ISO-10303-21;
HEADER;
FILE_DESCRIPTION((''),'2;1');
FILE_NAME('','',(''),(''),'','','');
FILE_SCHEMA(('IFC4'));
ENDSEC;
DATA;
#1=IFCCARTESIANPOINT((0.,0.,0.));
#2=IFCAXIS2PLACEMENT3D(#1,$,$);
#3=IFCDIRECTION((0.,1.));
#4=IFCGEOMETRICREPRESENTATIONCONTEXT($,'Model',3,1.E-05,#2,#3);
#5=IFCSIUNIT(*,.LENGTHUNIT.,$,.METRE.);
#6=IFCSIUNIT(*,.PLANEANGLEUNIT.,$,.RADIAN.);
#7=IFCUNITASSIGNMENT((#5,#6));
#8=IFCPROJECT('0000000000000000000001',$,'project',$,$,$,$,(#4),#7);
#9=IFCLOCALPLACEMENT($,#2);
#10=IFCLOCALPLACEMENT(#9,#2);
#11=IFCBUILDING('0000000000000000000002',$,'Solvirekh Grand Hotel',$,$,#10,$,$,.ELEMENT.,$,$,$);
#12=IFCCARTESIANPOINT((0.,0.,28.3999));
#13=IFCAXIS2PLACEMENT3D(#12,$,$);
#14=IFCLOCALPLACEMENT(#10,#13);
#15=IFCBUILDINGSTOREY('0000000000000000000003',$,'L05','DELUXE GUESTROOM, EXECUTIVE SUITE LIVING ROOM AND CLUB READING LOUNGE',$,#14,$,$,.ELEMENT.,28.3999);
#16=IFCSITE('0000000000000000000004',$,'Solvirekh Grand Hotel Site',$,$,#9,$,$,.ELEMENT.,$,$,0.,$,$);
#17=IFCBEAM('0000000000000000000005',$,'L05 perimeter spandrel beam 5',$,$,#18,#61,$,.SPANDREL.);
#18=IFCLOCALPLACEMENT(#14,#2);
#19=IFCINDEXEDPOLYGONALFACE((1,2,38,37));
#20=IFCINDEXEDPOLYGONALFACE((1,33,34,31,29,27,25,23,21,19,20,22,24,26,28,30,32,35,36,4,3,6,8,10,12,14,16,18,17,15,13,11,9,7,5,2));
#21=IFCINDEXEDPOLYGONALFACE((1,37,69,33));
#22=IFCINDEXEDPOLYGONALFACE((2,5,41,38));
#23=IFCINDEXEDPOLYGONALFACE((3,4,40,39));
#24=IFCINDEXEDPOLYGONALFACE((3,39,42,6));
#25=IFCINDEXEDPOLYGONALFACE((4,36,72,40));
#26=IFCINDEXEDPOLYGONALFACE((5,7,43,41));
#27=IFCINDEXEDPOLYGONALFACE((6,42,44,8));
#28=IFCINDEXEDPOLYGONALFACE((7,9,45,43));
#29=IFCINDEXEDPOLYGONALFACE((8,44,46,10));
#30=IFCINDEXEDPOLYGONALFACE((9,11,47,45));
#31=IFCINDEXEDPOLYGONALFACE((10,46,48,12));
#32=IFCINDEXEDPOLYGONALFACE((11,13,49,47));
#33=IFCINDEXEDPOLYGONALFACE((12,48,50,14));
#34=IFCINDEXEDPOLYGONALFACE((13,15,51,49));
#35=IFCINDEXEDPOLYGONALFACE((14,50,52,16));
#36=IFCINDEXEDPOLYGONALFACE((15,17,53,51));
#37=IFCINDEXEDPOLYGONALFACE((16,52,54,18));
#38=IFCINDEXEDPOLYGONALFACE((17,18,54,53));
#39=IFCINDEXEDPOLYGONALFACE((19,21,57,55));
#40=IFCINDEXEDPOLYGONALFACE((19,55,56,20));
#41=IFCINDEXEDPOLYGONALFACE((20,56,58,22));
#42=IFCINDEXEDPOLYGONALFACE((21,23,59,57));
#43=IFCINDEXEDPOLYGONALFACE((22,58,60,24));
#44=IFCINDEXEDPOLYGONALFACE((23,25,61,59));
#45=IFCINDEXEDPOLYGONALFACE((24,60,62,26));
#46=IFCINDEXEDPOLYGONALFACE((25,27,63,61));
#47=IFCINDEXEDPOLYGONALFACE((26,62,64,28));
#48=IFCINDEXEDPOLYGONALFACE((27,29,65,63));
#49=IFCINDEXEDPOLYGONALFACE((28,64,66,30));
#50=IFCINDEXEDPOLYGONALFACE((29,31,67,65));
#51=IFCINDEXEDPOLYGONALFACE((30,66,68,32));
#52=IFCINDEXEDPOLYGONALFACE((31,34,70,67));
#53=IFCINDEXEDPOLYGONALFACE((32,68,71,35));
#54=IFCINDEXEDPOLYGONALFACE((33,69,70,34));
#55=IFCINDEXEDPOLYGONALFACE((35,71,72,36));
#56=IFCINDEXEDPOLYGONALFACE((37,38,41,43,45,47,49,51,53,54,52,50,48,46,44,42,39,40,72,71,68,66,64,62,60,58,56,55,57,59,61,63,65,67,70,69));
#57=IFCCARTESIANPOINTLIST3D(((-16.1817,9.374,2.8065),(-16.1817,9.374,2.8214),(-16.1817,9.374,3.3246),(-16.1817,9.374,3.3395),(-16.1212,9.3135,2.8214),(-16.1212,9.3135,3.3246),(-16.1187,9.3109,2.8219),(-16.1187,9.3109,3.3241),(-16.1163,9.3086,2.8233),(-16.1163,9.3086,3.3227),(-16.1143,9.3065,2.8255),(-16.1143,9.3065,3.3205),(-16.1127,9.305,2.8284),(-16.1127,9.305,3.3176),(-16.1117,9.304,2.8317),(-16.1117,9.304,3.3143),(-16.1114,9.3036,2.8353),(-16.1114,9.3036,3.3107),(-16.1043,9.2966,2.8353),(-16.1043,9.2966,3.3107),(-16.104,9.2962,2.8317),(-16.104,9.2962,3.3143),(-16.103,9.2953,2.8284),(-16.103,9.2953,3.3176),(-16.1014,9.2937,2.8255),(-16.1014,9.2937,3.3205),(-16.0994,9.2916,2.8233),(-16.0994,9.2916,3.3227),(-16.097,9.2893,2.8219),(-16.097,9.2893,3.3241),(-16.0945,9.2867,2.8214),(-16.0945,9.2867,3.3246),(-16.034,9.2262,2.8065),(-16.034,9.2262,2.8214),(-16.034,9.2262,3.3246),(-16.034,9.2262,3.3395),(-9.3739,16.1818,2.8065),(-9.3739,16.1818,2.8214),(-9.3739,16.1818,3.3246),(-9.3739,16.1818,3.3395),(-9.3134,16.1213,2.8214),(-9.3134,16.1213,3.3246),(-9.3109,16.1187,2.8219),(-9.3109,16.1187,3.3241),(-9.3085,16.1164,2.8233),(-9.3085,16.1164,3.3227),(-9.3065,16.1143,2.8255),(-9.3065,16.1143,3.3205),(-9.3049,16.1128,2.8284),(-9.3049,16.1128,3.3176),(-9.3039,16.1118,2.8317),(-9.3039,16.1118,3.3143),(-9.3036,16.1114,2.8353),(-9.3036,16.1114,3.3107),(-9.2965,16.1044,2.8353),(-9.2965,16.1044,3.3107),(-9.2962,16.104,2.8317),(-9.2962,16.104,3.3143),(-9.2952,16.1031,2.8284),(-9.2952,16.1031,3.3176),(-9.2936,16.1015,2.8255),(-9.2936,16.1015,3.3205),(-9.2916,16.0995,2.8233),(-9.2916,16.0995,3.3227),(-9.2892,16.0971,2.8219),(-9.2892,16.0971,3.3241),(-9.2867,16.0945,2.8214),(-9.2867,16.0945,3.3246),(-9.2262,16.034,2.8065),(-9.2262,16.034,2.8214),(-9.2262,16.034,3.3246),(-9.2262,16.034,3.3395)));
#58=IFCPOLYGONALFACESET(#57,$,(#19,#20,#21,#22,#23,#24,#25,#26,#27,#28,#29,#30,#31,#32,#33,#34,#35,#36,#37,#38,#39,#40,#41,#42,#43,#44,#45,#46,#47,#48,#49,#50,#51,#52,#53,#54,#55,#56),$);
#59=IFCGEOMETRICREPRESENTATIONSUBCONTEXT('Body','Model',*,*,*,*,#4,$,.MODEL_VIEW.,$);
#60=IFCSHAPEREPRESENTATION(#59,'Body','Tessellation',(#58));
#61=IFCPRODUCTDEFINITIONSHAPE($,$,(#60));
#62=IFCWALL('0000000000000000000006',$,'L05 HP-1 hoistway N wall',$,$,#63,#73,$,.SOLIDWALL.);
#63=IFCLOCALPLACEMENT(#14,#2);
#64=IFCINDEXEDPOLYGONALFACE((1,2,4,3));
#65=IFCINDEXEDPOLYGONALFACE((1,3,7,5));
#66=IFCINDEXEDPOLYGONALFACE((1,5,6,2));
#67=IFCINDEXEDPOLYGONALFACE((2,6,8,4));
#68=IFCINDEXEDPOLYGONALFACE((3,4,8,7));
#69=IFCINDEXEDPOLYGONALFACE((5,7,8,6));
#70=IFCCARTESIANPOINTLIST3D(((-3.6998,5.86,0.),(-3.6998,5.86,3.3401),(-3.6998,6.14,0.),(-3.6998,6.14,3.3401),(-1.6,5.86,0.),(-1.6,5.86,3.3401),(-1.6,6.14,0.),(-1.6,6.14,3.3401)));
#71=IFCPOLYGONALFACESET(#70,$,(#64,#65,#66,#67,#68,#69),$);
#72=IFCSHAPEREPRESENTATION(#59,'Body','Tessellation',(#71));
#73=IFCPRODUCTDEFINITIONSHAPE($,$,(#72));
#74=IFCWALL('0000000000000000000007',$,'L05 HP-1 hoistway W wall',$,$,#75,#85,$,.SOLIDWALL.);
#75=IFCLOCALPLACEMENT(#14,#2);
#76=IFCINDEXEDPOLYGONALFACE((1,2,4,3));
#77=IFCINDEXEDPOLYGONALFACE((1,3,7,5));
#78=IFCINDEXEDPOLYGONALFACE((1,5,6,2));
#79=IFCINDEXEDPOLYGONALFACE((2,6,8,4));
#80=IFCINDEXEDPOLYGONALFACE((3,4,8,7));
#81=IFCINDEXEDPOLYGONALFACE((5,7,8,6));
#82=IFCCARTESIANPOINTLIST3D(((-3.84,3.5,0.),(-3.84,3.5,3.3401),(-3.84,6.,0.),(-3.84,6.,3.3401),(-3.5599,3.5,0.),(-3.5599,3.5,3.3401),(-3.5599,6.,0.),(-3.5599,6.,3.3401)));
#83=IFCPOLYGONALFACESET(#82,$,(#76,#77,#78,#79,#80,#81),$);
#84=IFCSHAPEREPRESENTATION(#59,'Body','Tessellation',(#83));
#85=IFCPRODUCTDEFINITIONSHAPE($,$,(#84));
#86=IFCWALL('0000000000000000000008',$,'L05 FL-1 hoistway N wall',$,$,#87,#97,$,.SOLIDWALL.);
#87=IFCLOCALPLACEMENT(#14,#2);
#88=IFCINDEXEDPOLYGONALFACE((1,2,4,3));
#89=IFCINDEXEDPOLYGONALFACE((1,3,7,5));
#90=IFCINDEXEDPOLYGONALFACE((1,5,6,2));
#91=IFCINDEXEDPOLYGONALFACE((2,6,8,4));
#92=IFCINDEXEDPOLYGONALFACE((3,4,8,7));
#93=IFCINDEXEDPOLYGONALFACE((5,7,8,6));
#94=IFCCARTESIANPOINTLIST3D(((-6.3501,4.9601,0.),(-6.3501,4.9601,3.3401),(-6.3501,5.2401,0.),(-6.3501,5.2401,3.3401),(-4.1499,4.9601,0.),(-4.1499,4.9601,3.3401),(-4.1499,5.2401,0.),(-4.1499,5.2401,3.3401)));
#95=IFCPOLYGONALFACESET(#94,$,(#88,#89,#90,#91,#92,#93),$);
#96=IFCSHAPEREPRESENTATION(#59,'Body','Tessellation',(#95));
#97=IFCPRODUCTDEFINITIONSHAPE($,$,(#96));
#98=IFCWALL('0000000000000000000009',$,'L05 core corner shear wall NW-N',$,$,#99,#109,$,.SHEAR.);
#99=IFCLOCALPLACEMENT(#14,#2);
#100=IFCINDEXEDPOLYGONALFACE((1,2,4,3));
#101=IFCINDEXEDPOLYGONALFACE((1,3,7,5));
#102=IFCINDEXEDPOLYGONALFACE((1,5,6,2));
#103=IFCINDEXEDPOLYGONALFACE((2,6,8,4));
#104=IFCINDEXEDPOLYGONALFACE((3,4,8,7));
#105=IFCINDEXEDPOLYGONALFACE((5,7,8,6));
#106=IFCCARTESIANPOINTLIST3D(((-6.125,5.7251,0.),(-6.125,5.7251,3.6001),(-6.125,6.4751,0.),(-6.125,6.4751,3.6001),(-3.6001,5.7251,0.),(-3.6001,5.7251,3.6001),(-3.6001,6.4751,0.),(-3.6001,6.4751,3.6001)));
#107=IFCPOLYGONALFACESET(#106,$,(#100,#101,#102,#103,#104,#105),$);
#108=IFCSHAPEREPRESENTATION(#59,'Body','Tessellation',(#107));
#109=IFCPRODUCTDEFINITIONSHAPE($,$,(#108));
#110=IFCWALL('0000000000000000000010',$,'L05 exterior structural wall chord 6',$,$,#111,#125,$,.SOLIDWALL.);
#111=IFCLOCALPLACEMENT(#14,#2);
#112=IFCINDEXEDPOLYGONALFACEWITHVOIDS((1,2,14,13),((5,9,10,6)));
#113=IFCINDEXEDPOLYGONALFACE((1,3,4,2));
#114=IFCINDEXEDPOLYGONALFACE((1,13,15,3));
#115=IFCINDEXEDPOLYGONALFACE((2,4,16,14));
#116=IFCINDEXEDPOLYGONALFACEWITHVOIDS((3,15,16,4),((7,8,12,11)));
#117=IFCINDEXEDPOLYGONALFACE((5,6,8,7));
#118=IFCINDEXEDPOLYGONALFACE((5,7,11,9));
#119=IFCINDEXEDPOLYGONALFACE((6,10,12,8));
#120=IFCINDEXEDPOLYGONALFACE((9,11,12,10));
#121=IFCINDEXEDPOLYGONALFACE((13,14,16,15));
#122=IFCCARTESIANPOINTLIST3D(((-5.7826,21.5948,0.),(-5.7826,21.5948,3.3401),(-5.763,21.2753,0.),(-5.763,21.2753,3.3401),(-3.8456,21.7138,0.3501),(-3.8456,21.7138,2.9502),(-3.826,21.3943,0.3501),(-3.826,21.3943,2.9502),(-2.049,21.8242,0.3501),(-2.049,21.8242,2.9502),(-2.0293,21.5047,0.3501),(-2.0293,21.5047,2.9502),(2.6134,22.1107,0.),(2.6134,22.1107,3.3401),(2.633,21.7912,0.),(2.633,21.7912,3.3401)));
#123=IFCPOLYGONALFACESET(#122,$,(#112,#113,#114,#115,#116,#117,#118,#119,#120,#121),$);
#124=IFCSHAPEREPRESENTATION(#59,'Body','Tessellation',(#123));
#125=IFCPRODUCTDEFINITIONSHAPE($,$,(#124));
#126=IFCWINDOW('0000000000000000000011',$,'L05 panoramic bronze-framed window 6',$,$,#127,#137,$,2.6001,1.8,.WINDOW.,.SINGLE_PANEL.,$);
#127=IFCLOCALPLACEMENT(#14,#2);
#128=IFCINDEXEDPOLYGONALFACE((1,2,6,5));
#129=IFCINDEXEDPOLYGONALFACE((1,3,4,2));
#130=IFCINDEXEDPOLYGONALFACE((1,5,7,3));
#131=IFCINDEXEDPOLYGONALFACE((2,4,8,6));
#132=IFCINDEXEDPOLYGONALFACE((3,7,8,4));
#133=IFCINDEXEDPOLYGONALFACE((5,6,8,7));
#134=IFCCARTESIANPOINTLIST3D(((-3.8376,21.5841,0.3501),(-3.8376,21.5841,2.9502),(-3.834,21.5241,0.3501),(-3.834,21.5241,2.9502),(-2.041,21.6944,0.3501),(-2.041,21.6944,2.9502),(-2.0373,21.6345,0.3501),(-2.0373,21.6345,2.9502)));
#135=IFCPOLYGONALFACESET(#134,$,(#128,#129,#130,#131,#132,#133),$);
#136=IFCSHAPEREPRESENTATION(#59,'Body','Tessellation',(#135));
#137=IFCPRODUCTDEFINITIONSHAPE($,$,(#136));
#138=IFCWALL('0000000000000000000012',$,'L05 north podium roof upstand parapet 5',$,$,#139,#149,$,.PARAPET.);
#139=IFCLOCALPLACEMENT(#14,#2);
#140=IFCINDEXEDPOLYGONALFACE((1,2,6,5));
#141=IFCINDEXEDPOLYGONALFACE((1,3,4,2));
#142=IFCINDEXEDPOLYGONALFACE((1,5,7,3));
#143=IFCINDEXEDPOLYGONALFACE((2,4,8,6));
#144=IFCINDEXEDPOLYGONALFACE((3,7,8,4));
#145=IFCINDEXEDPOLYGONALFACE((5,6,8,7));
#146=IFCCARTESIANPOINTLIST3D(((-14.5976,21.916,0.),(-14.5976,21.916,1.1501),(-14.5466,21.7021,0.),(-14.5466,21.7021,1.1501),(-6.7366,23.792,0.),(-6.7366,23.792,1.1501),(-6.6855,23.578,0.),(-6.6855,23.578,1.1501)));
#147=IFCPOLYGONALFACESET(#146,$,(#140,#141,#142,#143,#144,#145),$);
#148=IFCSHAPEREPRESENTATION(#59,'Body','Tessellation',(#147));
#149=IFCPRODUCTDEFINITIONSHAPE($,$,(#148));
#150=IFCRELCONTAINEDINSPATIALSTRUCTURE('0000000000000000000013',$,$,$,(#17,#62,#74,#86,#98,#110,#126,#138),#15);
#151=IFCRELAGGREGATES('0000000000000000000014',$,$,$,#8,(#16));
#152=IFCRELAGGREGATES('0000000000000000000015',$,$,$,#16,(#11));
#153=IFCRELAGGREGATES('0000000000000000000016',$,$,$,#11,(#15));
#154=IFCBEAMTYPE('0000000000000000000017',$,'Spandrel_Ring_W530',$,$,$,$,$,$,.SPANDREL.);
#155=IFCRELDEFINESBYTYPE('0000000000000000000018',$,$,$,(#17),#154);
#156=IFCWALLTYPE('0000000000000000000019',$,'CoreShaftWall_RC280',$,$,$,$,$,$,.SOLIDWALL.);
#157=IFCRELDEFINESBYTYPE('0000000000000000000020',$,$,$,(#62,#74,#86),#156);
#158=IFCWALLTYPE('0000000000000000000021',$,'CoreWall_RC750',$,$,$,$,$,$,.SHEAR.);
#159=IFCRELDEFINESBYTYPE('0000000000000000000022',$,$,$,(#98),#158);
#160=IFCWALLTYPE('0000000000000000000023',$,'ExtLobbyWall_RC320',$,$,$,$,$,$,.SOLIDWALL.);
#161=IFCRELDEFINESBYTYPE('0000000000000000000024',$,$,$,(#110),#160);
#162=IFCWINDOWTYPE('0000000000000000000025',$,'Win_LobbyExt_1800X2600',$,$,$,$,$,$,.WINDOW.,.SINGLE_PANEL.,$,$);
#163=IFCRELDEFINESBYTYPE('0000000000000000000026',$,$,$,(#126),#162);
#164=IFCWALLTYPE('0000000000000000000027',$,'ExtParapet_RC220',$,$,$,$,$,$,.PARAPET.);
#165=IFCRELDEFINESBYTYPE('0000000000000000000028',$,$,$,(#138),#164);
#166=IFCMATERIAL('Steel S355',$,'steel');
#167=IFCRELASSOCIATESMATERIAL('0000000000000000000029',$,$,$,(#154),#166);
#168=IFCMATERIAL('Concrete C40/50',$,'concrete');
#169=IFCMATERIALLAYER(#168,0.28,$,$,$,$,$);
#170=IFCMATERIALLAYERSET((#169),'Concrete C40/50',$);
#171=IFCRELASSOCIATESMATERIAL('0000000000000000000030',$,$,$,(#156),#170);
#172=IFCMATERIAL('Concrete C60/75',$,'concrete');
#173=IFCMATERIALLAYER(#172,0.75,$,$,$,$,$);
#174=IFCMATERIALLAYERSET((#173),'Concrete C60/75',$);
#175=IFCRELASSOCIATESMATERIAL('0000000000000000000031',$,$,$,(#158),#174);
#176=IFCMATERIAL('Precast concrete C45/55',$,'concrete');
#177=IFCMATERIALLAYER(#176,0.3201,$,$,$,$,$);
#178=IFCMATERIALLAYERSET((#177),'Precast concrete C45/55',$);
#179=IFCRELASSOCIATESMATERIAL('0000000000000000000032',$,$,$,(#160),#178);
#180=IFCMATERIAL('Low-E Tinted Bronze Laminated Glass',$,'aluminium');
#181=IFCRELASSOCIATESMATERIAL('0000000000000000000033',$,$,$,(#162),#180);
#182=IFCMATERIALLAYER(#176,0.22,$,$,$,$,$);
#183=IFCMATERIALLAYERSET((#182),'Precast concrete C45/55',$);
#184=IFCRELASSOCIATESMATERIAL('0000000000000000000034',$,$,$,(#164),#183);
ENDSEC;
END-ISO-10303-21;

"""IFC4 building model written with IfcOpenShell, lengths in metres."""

from ifc_helpers import new_model, si_unit, direction, frame, frame_2d, origin, origin_2d, place, context, subcontext, project, spatial, rectangle, i_section, extrude, material, layer, layer_set, material_profile, profile_set, type_object, element, fill, save


model = new_model("IFC4")

# Units and contexts
model_context = context("Model", 3, precision=1e-05, world=origin(), true_north=direction((0.0, 1.0)))
body_context = subcontext(model_context, "Body", "Model", "MODEL_VIEW")
ifc_project = project(units=[si_unit("LENGTHUNIT", "METRE"), si_unit("PLANEANGLEUNIT", "RADIAN")], contexts=[model_context])

# Site, building, storey
site_placement = place(None, origin())
site = spatial("IfcSite", under=ifc_project, at=site_placement, Name="Solvirekh Grand Hotel Site", CompositionType="ELEMENT", RefElevation=0.0)
building_placement = place(site_placement, origin())
building = spatial("IfcBuilding", under=site, at=building_placement, Name="Solvirekh Grand Hotel", CompositionType="ELEMENT")
storey_placement = place(building_placement, frame((0.0, 0.0, 28.3999)))
storey = spatial("IfcBuildingStorey", under=building, at=storey_placement, Name="L05", Description="DELUXE GUESTROOM, EXECUTIVE SUITE LIVING ROOM AND CLUB READING LOUNGE", CompositionType="ELEMENT", Elevation=28.3999)

# Shared definitions
ifc_material_1 = material(Name="Concrete C60/75", Category="concrete")

# Beam
ifc_material_2 = material(Name="Steel S355", Category="steel")
ifc_material_profile_1 = material_profile(ifc_material_2, i_section(OverallWidth=0.209, OverallDepth=0.533, WebThickness=0.01, FlangeThickness=0.0149, FilletRadius=0.0139, at=origin_2d()), Name="W530X92")
ifc_profile_set_1 = profile_set([ifc_material_profile_1], Name="Steel S355")
beam_type_1 = type_object("IfcBeamType", Name="Spandrel_Ring_W530", PredefinedType="SPANDREL", material=ifc_profile_set_1)
beam_1_placement = place(storey_placement, frame((-9.3, 16.1079, 3.073), z_axis=(-0.707107, -0.707107, 0.0), x_axis=(0.707107, -0.707107, 0.0)))
element("IfcBeam", 1, at=beam_1_placement, inside=storey, type_object=beam_type_1, Name="L05 perimeter spandrel beam 5", PredefinedType="SPANDREL", context=body_context, shape_type="SweptSolid", body=[
    extrude(i_section(OverallWidth=0.209, OverallDepth=0.533, WebThickness=0.01, FlangeThickness=0.0149, FilletRadius=0.0139, at=origin_2d()), origin(), (0.0, 0.0, 1.0), 9.6277),
])

# Walls
ifc_material_3 = material(Name="Concrete C40/50", Category="concrete")
ifc_layer_1 = layer(ifc_material_3, 0.28)
ifc_layer_set_1 = layer_set([ifc_layer_1], Name="Concrete C40/50")
wall_type_1 = type_object("IfcWallType", Name="CoreShaftWall_RC280", PredefinedType="SOLIDWALL", material=ifc_layer_set_1)
wall_1_placement = place(storey_placement, frame((-1.6001, 6.0, 0.0), z_axis=(0.0, 0.0, 1.0), x_axis=(-1.0, 0.0, 0.0)))
element("IfcWall", 2, at=wall_1_placement, inside=storey, type_object=wall_type_1, Name="L05 HP-1 hoistway N wall", PredefinedType="SOLIDWALL", context=body_context, shape_type="SweptSolid", body=[
    extrude(rectangle(XDim=2.0999, YDim=0.28, at=frame_2d((1.0498, 0.0))), origin(), (0.0, 0.0, 1.0), 3.3401),
])
wall_2_placement = place(storey_placement, frame((-3.7, 6.0, 0.0), z_axis=(0.0, 0.0, 1.0), x_axis=(0.0, -1.0, 0.0)))
element("IfcWall", 3, at=wall_2_placement, inside=storey, type_object=wall_type_1, Name="L05 HP-1 hoistway W wall", PredefinedType="SOLIDWALL", context=body_context, shape_type="SweptSolid", body=[
    extrude(rectangle(XDim=2.5, YDim=0.28, at=frame_2d((1.25, 0.0))), origin(), (0.0, 0.0, 1.0), 3.3401),
])
wall_3_placement = place(storey_placement, frame((-4.1499, 5.1001, 0.0), z_axis=(0.0, 0.0, 1.0), x_axis=(-1.0, 0.0, 0.0)))
element("IfcWall", 4, at=wall_3_placement, inside=storey, type_object=wall_type_1, Name="L05 FL-1 hoistway N wall", PredefinedType="SOLIDWALL", context=body_context, shape_type="SweptSolid", body=[
    extrude(rectangle(XDim=2.2002, YDim=0.28, at=frame_2d((1.1001, 0.0))), origin(), (0.0, 0.0, 1.0), 3.3401),
])
ifc_layer_2 = layer(ifc_material_1, 0.75)
ifc_layer_set_2 = layer_set([ifc_layer_2], Name="Concrete C60/75")
wall_type_2 = type_object("IfcWallType", Name="CoreWall_RC750", PredefinedType="SHEAR", material=ifc_layer_set_2)
wall_4_placement = place(storey_placement, frame((-6.125, 6.1001, 0.0), z_axis=(0.0, 0.0, 1.0), x_axis=(1.0, 0.0, 0.0)))
element("IfcWall", 5, at=wall_4_placement, inside=storey, type_object=wall_type_2, Name="L05 core corner shear wall NW-N", PredefinedType="SHEAR", context=body_context, shape_type="SweptSolid", body=[
    extrude(rectangle(XDim=2.5249, YDim=0.75, at=frame_2d((1.2625, 0.0))), origin(), (0.0, 0.0, 1.0), 3.6001),
])

# Wall, opening, window
ifc_material_4 = material(Name="Precast concrete C45/55", Category="concrete")
ifc_layer_3 = layer(ifc_material_4, 0.3201)
ifc_layer_set_3 = layer_set([ifc_layer_3], Name="Precast concrete C45/55")
wall_type_3 = type_object("IfcWallType", Name="ExtLobbyWall_RC320", PredefinedType="SOLIDWALL", material=ifc_layer_set_3)
wall_5_placement = place(storey_placement, frame((-5.7729, 21.4351, 0.0), z_axis=(0.0, 0.0, 1.0), x_axis=(0.998118, 0.061327, 0.0)))
wall_5 = element("IfcWall", 6, at=wall_5_placement, inside=storey, type_object=wall_type_3, Name="L05 exterior structural wall chord 6", PredefinedType="SOLIDWALL", context=body_context, shape_type="SweptSolid", body=[
    extrude(rectangle(XDim=8.4119, YDim=0.3201, at=frame_2d((4.2061, 0.0))), origin(), (0.0, 0.0, 1.0), 3.3401),
])
opening_1_placement = place(wall_5_placement, frame((1.9409, 0.0, 0.3501)))
opening_1 = element("IfcOpeningElement", 7, at=opening_1_placement, cuts=wall_5, PredefinedType="OPENING", context=body_context, shape_type="SweptSolid", body=[
    extrude(rectangle(XDim=1.8, YDim=2.6001, at=frame_2d((0.8999, 1.3))), frame((0.0, 0.1699, 0.0), z_axis=(0.0, -1.0, 0.0), x_axis=(1.0, 0.0, 0.0)), (0.0, 0.0, 1.0), 0.3401),
])
ifc_material_5 = material(Name="Low-E Tinted Bronze Laminated Glass", Category="aluminium")
window_type = type_object("IfcWindowType", Name="Win_LobbyExt_1800X2600", PartitioningType="SINGLE_PANEL", PredefinedType="WINDOW", material=ifc_material_5)
window_placement = place(opening_1_placement, origin())
window = element("IfcWindow", 8, at=window_placement, inside=storey, type_object=window_type, Name="L05 panoramic bronze-framed window 6", OverallHeight=2.6001, OverallWidth=1.8, PartitioningType="SINGLE_PANEL", PredefinedType="WINDOW", context=body_context, shape_type="SweptSolid", body=[
    extrude(rectangle(XDim=1.8, YDim=2.6001, at=frame_2d((0.8999, 1.3))), frame((0.0, 0.03, 0.0), z_axis=(0.0, -1.0, 0.0), x_axis=(1.0, 0.0, 0.0)), (0.0, 0.0, 1.0), 0.0601),
])
fill(opening_1, window)

# Wall
ifc_layer_4 = layer(ifc_material_4, 0.22)
ifc_layer_set_4 = layer_set([ifc_layer_4], Name="Precast concrete C45/55")
wall_type_4 = type_object("IfcWallType", Name="ExtParapet_RC220", PredefinedType="PARAPET", material=ifc_layer_set_4)
wall_6_placement = place(storey_placement, frame((-6.7109, 23.6851, 0.0), z_axis=(0.0, 0.0, 1.0), x_axis=(-0.972686, -0.232123, 0.0)))
element("IfcWall", 9, at=wall_6_placement, inside=storey, type_object=wall_type_4, Name="L05 north podium roof upstand parapet 5", PredefinedType="PARAPET", context=body_context, shape_type="SweptSolid", body=[
    extrude(rectangle(XDim=8.0818, YDim=0.22, at=frame_2d((4.041, 0.0))), origin(), (0.0, 0.0, 1.0), 1.1501),
])

save(model, "model.ifc")
